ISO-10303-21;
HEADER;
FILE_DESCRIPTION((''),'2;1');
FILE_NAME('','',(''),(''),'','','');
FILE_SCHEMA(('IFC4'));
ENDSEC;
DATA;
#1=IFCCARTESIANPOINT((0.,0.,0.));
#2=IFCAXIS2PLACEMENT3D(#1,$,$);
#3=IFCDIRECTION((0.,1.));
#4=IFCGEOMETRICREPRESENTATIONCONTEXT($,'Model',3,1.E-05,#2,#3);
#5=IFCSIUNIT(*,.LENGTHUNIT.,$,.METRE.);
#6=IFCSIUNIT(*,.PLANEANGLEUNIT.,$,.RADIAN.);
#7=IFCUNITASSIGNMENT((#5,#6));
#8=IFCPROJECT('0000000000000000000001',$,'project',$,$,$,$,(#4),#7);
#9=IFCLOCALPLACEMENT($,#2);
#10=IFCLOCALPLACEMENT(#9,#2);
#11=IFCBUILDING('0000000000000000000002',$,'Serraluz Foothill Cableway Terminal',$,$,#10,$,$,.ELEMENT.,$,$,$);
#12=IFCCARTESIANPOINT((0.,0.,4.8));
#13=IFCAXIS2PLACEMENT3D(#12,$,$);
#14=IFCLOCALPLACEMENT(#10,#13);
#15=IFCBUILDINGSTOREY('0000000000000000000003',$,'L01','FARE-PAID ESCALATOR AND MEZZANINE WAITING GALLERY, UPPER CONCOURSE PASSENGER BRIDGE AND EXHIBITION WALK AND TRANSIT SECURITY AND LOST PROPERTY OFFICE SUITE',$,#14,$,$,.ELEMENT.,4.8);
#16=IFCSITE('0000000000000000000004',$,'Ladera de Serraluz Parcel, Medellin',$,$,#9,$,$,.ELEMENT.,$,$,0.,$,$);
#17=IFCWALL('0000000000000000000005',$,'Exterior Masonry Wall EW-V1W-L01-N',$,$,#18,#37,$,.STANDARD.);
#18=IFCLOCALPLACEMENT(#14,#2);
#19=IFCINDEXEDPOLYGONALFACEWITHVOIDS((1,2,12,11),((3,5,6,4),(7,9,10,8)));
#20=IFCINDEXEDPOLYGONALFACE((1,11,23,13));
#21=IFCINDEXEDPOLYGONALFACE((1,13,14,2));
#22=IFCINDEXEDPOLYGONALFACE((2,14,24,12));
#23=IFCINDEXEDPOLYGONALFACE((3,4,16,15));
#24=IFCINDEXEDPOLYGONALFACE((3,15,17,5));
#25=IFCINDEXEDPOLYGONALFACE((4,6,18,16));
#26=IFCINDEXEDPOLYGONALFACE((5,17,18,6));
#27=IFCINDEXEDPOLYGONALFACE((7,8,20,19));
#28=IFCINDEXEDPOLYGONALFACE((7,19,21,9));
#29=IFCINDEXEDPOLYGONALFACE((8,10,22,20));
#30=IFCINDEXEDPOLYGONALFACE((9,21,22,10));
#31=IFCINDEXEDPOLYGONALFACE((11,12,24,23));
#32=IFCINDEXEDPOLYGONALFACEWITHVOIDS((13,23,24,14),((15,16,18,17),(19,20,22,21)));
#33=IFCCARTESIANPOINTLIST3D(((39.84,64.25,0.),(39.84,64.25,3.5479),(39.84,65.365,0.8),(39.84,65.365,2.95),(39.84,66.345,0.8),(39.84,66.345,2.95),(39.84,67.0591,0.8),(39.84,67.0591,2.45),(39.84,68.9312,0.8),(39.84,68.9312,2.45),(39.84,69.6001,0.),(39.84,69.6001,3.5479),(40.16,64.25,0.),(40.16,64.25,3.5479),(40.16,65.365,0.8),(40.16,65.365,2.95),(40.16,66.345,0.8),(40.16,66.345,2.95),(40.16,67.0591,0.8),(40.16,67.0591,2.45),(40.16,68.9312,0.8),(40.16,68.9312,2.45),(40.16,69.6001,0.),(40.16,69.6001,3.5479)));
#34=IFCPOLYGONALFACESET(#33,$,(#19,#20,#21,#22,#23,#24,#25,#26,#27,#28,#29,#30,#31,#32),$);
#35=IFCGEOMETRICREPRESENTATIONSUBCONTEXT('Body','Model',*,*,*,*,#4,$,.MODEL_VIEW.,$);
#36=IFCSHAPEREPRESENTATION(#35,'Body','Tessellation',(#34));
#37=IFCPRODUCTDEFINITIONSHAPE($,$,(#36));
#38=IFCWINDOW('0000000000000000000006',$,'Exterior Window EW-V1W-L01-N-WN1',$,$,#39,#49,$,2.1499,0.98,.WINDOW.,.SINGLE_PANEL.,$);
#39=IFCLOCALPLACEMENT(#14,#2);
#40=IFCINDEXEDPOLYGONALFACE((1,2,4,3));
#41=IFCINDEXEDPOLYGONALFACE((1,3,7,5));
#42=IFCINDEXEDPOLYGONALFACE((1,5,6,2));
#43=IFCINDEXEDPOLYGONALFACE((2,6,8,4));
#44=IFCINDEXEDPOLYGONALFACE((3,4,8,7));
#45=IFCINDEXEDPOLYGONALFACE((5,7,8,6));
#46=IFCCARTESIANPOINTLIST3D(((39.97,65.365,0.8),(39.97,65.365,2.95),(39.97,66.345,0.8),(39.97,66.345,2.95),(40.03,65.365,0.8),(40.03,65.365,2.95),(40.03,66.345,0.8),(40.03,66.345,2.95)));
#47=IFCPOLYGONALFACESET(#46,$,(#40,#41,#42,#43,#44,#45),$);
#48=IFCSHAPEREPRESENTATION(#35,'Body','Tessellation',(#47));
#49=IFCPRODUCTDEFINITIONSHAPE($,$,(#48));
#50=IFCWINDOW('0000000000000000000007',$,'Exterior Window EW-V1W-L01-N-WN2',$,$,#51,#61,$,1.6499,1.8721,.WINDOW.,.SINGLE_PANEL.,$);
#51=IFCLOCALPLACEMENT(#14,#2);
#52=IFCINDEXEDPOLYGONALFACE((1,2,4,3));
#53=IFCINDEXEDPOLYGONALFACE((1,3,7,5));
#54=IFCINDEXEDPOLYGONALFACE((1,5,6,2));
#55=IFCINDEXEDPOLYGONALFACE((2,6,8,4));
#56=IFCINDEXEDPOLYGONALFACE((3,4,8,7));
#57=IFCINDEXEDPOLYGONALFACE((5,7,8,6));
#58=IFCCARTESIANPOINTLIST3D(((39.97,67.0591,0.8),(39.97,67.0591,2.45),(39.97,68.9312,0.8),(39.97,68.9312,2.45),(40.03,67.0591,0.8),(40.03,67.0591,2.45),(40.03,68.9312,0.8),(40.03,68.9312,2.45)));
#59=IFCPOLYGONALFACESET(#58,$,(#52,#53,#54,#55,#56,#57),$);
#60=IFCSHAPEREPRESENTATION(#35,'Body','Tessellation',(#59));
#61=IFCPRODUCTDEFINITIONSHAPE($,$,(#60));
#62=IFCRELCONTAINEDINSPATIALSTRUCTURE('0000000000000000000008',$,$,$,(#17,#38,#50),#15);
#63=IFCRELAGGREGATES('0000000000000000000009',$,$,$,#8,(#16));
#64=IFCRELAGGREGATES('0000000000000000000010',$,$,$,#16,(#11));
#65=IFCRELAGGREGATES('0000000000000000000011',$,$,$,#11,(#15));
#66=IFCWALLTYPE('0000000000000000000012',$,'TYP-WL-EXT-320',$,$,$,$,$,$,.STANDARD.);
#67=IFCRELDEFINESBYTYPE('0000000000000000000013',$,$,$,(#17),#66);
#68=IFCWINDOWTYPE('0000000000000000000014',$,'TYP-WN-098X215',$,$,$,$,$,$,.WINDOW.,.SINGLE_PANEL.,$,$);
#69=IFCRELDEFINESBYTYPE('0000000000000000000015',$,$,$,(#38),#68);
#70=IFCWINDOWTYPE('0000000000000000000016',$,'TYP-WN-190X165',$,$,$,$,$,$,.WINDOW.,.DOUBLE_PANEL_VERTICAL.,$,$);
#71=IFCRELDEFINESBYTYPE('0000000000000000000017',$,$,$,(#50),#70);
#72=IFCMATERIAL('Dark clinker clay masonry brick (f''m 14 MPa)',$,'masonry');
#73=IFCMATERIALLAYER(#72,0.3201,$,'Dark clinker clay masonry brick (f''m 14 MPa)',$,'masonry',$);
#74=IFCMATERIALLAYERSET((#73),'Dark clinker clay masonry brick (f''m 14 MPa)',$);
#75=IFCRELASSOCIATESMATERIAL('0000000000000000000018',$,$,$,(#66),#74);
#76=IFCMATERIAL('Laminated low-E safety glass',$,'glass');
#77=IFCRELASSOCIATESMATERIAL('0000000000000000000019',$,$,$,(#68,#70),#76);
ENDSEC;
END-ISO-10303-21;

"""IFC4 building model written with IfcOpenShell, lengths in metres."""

from ifc_helpers import new_model, si_unit, direction, frame, frame_2d, origin, place, context, subcontext, project, spatial, rectangle, extrude, material, layer, layer_set, type_object, element, fill, save


model = new_model("IFC4")

# Units and contexts
model_context = context("Model", 3, precision=1e-05, world=origin(), true_north=direction((0.0, 1.0)))
body_context = subcontext(model_context, "Body", "Model", "MODEL_VIEW")
ifc_project = project(units=[si_unit("LENGTHUNIT", "METRE"), si_unit("PLANEANGLEUNIT", "RADIAN")], contexts=[model_context])

# Site, building, storey
site_placement = place(None, origin())
site = spatial("IfcSite", under=ifc_project, at=site_placement, Name="Ladera de Serraluz Parcel, Medellin", CompositionType="ELEMENT", RefElevation=0.0)
building_placement = place(site_placement, origin())
building = spatial("IfcBuilding", under=site, at=building_placement, Name="Serraluz Foothill Cableway Terminal", CompositionType="ELEMENT")
storey_placement = place(building_placement, frame((0.0, 0.0, 4.8)))
storey = spatial("IfcBuildingStorey", under=building, at=storey_placement, Name="L01", Description="FARE-PAID ESCALATOR AND MEZZANINE WAITING GALLERY, UPPER CONCOURSE PASSENGER BRIDGE AND EXHIBITION WALK AND TRANSIT SECURITY AND LOST PROPERTY OFFICE SUITE", CompositionType="ELEMENT", Elevation=4.8)

# Wall, openings, windows
ifc_material_1 = material(Name="Dark clinker clay masonry brick (f'm 14 MPa)", Category="masonry")
ifc_layer_1 = layer(ifc_material_1, 0.3201, Name="Dark clinker clay masonry brick (f'm 14 MPa)", Category="masonry")
ifc_layer_set_1 = layer_set([ifc_layer_1], Name="Dark clinker clay masonry brick (f'm 14 MPa)")
wall_type = type_object("IfcWallType", Name="TYP-WL-EXT-320", PredefinedType="STANDARD", material=ifc_layer_set_1)
ifc_material_2 = material(Name="Laminated low-E safety glass", Category="glass")
wall_1_placement = place(storey_placement, frame((40.0, 64.25, 0.0), z_axis=(0.0, 0.0, 1.0), x_axis=(0.0, 1.0, 0.0)))
wall_1 = element("IfcWall", 1, at=wall_1_placement, inside=storey, type_object=wall_type, Name="Exterior Masonry Wall EW-V1W-L01-N", PredefinedType="STANDARD", context=body_context, shape_type="SweptSolid", body=[
    extrude(rectangle(XDim=5.3501, YDim=0.3201, at=frame_2d((2.675, 0.0))), origin(), (0.0, 0.0, 1.0), 3.5479),
])
opening_1_placement = place(wall_1_placement, frame((1.115, 0.0, 0.8)))
opening_1 = element("IfcOpeningElement", 2, at=opening_1_placement, cuts=wall_1, PredefinedType="OPENING", context=body_context, shape_type="SweptSolid", body=[
    extrude(rectangle(XDim=0.98, YDim=2.1499, at=frame_2d((0.49, 1.075))), frame((0.0, 0.1699, 0.0), z_axis=(0.0, -1.0, 0.0), x_axis=(1.0, 0.0, 0.0)), (0.0, 0.0, 1.0), 0.3401),
])
opening_2_placement = place(wall_1_placement, frame((2.8091, 0.0, 0.8)))
opening_2 = element("IfcOpeningElement", 3, at=opening_2_placement, cuts=wall_1, PredefinedType="OPENING", context=body_context, shape_type="SweptSolid", body=[
    extrude(rectangle(XDim=1.8721, YDim=1.6499, at=frame_2d((0.936, 0.825))), frame((0.0, 0.1699, 0.0), z_axis=(0.0, -1.0, 0.0), x_axis=(1.0, 0.0, 0.0)), (0.0, 0.0, 1.0), 0.3401),
])
window_type_1 = type_object("IfcWindowType", Name="TYP-WN-098X215", PartitioningType="SINGLE_PANEL", PredefinedType="WINDOW", material=ifc_material_2)
window_1_placement = place(opening_1_placement, origin())
window_1 = element("IfcWindow", 4, at=window_1_placement, inside=storey, type_object=window_type_1, Name="Exterior Window EW-V1W-L01-N-WN1", OverallHeight=2.1499, OverallWidth=0.98, PartitioningType="SINGLE_PANEL", PredefinedType="WINDOW", context=body_context, shape_type="SweptSolid", body=[
    extrude(rectangle(XDim=0.98, YDim=2.1499, at=frame_2d((0.49, 1.075))), frame((0.0, 0.03, 0.0), z_axis=(0.0, -1.0, 0.0), x_axis=(1.0, 0.0, 0.0)), (0.0, 0.0, 1.0), 0.0601),
])
fill(opening_1, window_1)
window_type_2 = type_object("IfcWindowType", Name="TYP-WN-190X165", PartitioningType="DOUBLE_PANEL_VERTICAL", PredefinedType="WINDOW", material=ifc_material_2)
window_2_placement = place(opening_2_placement, origin())
window_2 = element("IfcWindow", 5, at=window_2_placement, inside=storey, type_object=window_type_2, Name="Exterior Window EW-V1W-L01-N-WN2", OverallHeight=1.6499, OverallWidth=1.8721, PartitioningType="SINGLE_PANEL", PredefinedType="WINDOW", context=body_context, shape_type="SweptSolid", body=[
    extrude(rectangle(XDim=1.8721, YDim=1.6499, at=frame_2d((0.936, 0.825))), frame((0.0, 0.03, 0.0), z_axis=(0.0, -1.0, 0.0), x_axis=(1.0, 0.0, 0.0)), (0.0, 0.0, 1.0), 0.0601),
])
fill(opening_2, window_2)

save(model, "model.ifc")
